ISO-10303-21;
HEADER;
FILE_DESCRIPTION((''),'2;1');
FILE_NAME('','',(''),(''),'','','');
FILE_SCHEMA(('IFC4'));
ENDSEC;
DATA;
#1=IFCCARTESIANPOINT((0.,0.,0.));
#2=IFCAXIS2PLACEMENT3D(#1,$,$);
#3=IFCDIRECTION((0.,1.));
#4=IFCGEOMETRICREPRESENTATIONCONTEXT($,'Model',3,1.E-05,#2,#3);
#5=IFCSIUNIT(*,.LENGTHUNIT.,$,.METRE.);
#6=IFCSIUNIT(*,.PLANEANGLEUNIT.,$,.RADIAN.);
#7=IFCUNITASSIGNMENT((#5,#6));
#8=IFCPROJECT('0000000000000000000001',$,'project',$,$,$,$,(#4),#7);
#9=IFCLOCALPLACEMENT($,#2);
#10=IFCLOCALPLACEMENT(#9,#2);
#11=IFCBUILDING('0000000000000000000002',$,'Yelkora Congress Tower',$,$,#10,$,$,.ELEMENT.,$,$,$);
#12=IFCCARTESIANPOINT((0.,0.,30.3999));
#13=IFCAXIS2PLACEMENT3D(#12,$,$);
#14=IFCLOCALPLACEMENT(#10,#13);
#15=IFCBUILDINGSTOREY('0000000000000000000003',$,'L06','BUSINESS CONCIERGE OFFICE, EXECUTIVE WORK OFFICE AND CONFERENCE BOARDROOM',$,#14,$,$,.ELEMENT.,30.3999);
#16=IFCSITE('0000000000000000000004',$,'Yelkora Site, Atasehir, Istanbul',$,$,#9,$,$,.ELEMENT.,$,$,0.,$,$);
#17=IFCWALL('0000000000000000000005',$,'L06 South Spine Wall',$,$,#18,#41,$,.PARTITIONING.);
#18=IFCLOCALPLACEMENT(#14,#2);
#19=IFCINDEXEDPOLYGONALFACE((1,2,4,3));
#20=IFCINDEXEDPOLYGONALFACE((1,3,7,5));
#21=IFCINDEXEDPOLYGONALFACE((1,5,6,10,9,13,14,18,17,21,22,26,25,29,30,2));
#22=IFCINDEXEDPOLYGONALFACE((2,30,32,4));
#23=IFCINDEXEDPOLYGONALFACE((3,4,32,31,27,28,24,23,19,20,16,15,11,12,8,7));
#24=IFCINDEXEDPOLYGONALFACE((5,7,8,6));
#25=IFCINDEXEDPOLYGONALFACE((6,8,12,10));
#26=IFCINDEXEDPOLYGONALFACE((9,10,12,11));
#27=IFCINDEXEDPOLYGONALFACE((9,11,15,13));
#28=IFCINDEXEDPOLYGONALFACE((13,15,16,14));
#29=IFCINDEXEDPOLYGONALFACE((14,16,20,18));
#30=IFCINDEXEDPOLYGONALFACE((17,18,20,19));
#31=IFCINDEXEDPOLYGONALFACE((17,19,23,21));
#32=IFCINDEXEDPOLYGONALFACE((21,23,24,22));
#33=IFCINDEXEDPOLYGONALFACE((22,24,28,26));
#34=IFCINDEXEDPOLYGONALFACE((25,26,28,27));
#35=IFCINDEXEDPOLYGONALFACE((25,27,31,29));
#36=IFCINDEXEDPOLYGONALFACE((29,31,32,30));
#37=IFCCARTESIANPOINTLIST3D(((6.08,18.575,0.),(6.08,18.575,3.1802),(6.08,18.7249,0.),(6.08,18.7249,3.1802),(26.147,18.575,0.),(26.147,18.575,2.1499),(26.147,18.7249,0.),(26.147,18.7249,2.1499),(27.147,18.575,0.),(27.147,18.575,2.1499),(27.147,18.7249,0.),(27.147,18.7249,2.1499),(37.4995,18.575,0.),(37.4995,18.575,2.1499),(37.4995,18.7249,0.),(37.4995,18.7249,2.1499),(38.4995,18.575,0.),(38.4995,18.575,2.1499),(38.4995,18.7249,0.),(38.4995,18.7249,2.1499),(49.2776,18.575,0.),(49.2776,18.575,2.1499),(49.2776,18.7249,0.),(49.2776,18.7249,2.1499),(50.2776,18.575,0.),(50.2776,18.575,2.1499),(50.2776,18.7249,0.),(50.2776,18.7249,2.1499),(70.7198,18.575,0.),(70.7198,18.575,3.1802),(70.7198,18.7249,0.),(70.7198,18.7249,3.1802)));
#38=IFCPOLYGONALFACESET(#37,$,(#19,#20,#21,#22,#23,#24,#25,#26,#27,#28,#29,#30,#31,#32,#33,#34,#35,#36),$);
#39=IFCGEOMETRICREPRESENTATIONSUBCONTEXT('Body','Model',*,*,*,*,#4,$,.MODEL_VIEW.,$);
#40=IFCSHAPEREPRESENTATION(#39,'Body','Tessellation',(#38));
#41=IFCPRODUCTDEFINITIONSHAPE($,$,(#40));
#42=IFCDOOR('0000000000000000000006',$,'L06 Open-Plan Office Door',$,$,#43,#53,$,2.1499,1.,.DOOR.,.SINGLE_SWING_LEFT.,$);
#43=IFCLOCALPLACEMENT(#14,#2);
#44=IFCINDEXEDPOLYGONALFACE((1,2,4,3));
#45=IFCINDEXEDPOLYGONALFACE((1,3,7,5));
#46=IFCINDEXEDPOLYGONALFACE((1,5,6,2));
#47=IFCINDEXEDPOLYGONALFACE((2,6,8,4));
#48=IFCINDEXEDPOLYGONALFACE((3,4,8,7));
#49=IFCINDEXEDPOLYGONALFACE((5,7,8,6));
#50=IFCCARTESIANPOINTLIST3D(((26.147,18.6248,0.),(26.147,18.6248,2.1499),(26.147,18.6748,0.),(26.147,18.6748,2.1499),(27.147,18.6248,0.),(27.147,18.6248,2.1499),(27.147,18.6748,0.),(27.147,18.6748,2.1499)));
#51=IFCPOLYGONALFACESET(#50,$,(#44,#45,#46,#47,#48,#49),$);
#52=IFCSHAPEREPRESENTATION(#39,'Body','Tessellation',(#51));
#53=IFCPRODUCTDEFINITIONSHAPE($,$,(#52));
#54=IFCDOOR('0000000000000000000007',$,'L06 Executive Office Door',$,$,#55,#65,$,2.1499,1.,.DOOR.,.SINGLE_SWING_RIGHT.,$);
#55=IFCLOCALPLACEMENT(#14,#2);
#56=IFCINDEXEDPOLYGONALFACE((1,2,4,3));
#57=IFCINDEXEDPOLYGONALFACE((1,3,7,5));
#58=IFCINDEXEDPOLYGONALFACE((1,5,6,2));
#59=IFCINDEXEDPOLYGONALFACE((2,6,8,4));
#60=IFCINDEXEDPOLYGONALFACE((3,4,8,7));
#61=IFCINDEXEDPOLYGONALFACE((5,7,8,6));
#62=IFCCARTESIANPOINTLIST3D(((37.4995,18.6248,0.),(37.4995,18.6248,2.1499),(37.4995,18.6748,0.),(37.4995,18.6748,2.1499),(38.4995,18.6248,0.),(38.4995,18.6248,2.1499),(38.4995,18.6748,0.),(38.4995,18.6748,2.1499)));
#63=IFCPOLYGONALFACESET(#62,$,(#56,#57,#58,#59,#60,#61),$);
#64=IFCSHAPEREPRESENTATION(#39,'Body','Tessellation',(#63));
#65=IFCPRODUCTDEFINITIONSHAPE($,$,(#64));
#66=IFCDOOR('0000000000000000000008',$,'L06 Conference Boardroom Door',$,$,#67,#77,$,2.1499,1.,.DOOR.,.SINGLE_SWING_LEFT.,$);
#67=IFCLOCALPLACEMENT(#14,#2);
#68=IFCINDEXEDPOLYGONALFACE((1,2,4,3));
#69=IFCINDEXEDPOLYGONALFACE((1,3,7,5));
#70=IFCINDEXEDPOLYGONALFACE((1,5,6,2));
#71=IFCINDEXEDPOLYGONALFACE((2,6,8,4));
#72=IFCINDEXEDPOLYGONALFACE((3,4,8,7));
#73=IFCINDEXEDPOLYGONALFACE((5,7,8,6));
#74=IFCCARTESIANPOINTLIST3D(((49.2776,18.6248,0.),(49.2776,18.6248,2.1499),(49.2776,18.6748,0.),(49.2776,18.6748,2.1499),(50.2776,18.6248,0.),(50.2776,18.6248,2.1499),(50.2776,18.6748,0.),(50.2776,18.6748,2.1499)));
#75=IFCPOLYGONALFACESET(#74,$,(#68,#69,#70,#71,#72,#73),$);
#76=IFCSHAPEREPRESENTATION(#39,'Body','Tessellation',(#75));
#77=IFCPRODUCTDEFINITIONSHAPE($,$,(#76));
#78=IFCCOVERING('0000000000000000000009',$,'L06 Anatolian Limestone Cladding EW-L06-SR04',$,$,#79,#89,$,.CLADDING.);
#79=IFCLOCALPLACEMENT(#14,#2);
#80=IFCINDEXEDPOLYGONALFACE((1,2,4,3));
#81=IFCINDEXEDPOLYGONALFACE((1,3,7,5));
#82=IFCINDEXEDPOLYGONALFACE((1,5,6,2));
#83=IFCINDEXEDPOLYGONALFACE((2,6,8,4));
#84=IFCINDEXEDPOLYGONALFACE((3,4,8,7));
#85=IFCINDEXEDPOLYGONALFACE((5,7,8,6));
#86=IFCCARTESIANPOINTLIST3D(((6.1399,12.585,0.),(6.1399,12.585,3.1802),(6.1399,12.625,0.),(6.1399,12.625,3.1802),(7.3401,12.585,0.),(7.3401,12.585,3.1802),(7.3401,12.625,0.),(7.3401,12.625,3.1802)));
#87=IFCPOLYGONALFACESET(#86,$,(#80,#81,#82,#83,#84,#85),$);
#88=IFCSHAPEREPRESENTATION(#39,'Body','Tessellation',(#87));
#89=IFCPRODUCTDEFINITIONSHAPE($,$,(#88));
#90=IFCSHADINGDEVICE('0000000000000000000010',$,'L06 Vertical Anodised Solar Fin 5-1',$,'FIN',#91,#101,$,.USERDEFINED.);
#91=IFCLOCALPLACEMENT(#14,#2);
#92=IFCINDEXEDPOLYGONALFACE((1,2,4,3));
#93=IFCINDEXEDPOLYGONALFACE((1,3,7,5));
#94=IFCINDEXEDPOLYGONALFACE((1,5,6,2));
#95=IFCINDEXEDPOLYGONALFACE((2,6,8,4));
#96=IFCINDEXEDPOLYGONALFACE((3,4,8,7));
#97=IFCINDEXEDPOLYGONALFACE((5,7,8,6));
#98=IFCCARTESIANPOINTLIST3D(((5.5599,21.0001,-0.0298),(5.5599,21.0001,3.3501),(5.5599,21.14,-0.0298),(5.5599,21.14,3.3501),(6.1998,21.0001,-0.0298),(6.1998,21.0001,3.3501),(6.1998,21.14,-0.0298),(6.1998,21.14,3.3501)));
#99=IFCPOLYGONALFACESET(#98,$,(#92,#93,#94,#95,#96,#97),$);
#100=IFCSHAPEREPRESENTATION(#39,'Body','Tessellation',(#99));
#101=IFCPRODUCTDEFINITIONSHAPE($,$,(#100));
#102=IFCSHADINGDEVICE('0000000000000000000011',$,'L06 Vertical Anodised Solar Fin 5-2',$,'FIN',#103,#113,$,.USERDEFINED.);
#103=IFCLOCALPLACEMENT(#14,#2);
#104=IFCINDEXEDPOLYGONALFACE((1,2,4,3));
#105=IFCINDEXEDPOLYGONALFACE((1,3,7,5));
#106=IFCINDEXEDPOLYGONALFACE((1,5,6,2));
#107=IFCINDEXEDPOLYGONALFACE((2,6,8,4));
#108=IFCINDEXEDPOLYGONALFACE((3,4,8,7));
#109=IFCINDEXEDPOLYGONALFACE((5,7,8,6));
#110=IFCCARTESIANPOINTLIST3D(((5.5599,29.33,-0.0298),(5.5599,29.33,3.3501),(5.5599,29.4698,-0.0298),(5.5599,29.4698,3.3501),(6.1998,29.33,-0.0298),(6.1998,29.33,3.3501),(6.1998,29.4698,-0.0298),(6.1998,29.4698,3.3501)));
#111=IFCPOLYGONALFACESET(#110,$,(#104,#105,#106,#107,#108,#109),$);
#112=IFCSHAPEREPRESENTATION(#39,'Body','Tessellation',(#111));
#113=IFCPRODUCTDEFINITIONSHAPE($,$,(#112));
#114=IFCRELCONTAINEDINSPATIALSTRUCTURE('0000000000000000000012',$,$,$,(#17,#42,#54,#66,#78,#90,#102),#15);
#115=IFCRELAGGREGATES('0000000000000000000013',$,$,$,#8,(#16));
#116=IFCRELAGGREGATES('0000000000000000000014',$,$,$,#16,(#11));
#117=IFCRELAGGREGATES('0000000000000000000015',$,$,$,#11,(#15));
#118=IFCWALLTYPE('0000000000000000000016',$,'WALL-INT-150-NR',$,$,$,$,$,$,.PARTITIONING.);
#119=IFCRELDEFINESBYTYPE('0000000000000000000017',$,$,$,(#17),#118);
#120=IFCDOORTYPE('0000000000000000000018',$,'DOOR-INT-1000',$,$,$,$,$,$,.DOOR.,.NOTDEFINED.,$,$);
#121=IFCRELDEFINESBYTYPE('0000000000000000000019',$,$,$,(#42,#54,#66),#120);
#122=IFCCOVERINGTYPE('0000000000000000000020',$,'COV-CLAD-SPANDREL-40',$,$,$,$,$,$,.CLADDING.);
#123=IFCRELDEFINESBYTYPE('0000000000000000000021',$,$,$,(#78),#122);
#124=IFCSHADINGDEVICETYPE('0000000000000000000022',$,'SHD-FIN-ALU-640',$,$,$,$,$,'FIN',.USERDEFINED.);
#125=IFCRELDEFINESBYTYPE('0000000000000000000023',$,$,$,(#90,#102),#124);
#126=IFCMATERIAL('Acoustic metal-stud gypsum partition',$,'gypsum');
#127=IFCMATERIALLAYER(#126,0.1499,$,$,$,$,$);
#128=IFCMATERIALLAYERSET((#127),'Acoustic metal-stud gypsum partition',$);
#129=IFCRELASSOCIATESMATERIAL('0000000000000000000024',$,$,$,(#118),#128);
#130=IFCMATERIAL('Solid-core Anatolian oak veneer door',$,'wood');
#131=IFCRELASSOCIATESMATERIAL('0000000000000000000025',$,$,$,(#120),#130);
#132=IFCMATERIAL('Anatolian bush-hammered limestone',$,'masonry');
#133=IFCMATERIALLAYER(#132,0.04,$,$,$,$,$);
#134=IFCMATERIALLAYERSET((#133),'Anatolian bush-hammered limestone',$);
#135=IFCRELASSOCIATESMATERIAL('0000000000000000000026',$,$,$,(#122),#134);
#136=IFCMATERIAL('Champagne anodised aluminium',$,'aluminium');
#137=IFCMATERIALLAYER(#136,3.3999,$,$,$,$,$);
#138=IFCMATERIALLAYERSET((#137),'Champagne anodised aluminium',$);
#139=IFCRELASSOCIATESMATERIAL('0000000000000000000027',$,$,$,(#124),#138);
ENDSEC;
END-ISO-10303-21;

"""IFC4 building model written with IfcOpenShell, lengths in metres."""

from ifc_helpers import new_model, si_unit, direction, frame, frame_2d, origin, origin_2d, place, context, subcontext, project, spatial, rectangle, extrude, material, layer, layer_set, type_object, element, fill, save


model = new_model("IFC4")

# Units and contexts
model_context = context("Model", 3, precision=1e-05, world=origin(), true_north=direction((0.0, 1.0)))
body_context = subcontext(model_context, "Body", "Model", "MODEL_VIEW")
ifc_project = project(units=[si_unit("LENGTHUNIT", "METRE"), si_unit("PLANEANGLEUNIT", "RADIAN")], contexts=[model_context])

# Site, building, storey
site_placement = place(None, origin())
site = spatial("IfcSite", under=ifc_project, at=site_placement, Name="Yelkora Site, Atasehir, Istanbul", CompositionType="ELEMENT", RefElevation=0.0)
building_placement = place(site_placement, origin())
building = spatial("IfcBuilding", under=site, at=building_placement, Name="Yelkora Congress Tower", CompositionType="ELEMENT")
storey_placement = place(building_placement, frame((0.0, 0.0, 30.3999)))
storey = spatial("IfcBuildingStorey", under=building, at=storey_placement, Name="L06", Description="BUSINESS CONCIERGE OFFICE, EXECUTIVE WORK OFFICE AND CONFERENCE BOARDROOM", CompositionType="ELEMENT", Elevation=30.3999)

# Wall, openings, doors
ifc_material_1 = material(Name="Acoustic metal-stud gypsum partition", Category="gypsum")
ifc_layer_1 = layer(ifc_material_1, 0.1499)
ifc_layer_set_1 = layer_set([ifc_layer_1], Name="Acoustic metal-stud gypsum partition")
wall_type_1 = type_object("IfcWallType", Name="WALL-INT-150-NR", PredefinedType="PARTITIONING", material=ifc_layer_set_1)
wall_1_placement = place(storey_placement, frame((6.0801, 18.6499, 0.0), z_axis=(0.0, 0.0, 1.0), x_axis=(1.0, 0.0, 0.0)))
wall_1 = element("IfcWall", 1, at=wall_1_placement, inside=storey, type_object=wall_type_1, Name="L06 South Spine Wall", PredefinedType="PARTITIONING", context=body_context, shape_type="SweptSolid", body=[
    extrude(rectangle(XDim=64.6399, YDim=0.1499, at=frame_2d((32.3198, 0.0))), origin(), (0.0, 0.0, 1.0), 3.1802),
])
opening_1_placement = place(wall_1_placement, frame((20.0669, 0.0, 0.0)))
opening_1 = element("IfcOpeningElement", 2, at=opening_1_placement, cuts=wall_1, PredefinedType="OPENING", context=body_context, shape_type="SweptSolid", body=[
    extrude(rectangle(XDim=1.0, YDim=2.1499, at=frame_2d((0.5, 1.075))), frame((0.0, 0.085, 0.0), z_axis=(0.0, -1.0, 0.0), x_axis=(1.0, 0.0, 0.0)), (0.0, 0.0, 1.0), 0.1699),
])
opening_2_placement = place(wall_1_placement, frame((31.4194, 0.0, 0.0)))
opening_2 = element("IfcOpeningElement", 3, at=opening_2_placement, cuts=wall_1, PredefinedType="OPENING", context=body_context, shape_type="SweptSolid", body=[
    extrude(rectangle(XDim=1.0, YDim=2.1499, at=frame_2d((0.5, 1.075))), frame((0.0, 0.085, 0.0), z_axis=(0.0, -1.0, 0.0), x_axis=(1.0, 0.0, 0.0)), (0.0, 0.0, 1.0), 0.1699),
])
opening_3_placement = place(wall_1_placement, frame((43.1975, 0.0, 0.0)))
opening_3 = element("IfcOpeningElement", 4, at=opening_3_placement, cuts=wall_1, PredefinedType="OPENING", context=body_context, shape_type="SweptSolid", body=[
    extrude(rectangle(XDim=1.0, YDim=2.1499, at=frame_2d((0.5, 1.075))), frame((0.0, 0.085, 0.0), z_axis=(0.0, -1.0, 0.0), x_axis=(1.0, 0.0, 0.0)), (0.0, 0.0, 1.0), 0.1699),
])
ifc_material_2 = material(Name="Solid-core Anatolian oak veneer door", Category="wood")
door_type = type_object("IfcDoorType", Name="DOOR-INT-1000", OperationType="NOTDEFINED", PredefinedType="DOOR", material=ifc_material_2)
door_1_placement = place(opening_1_placement, origin())
door_1 = element("IfcDoor", 5, at=door_1_placement, inside=storey, type_object=door_type, Name="L06 Open-Plan Office Door", OperationType="SINGLE_SWING_LEFT", OverallHeight=2.1499, OverallWidth=1.0, PredefinedType="DOOR", context=body_context, shape_type="SweptSolid", body=[
    extrude(rectangle(XDim=1.0, YDim=2.1499, at=frame_2d((0.5, 1.075))), frame((0.0, 0.0249, 0.0), z_axis=(0.0, -1.0, 0.0), x_axis=(1.0, 0.0, 0.0)), (0.0, 0.0, 1.0), 0.05),
])
fill(opening_1, door_1)
door_2_placement = place(opening_2_placement, origin())
door_2 = element("IfcDoor", 6, at=door_2_placement, inside=storey, type_object=door_type, Name="L06 Executive Office Door", OperationType="SINGLE_SWING_RIGHT", OverallHeight=2.1499, OverallWidth=1.0, PredefinedType="DOOR", context=body_context, shape_type="SweptSolid", body=[
    extrude(rectangle(XDim=1.0, YDim=2.1499, at=frame_2d((0.5, 1.075))), frame((0.0, 0.0249, 0.0), z_axis=(0.0, -1.0, 0.0), x_axis=(1.0, 0.0, 0.0)), (0.0, 0.0, 1.0), 0.05),
])
fill(opening_2, door_2)
door_3_placement = place(opening_3_placement, origin())
door_3 = element("IfcDoor", 7, at=door_3_placement, inside=storey, type_object=door_type, Name="L06 Conference Boardroom Door", OperationType="SINGLE_SWING_LEFT", OverallHeight=2.1499, OverallWidth=1.0, PredefinedType="DOOR", context=body_context, shape_type="SweptSolid", body=[
    extrude(rectangle(XDim=1.0, YDim=2.1499, at=frame_2d((0.5, 1.075))), frame((0.0, 0.0249, 0.0), z_axis=(0.0, -1.0, 0.0), x_axis=(1.0, 0.0, 0.0)), (0.0, 0.0, 1.0), 0.05),
])
fill(opening_3, door_3)

# Covering
ifc_material_3 = material(Name="Anatolian bush-hammered limestone", Category="masonry")
ifc_layer_2 = layer(ifc_material_3, 0.04)
ifc_layer_set_2 = layer_set([ifc_layer_2], Name="Anatolian bush-hammered limestone")
covering_type = type_object("IfcCoveringType", Name="COV-CLAD-SPANDREL-40", PredefinedType="CLADDING", material=ifc_layer_set_2)
covering_placement = place(storey_placement, frame((7.3401, 12.605, 0.0), z_axis=(0.0, 0.0, 1.0), x_axis=(-1.0, 0.0, 0.0)))
element("IfcCovering", 8, at=covering_placement, inside=storey, type_object=covering_type, Name="L06 Anatolian Limestone Cladding EW-L06-SR04", PredefinedType="CLADDING", context=body_context, shape_type="SweptSolid", body=[
    extrude(rectangle(XDim=1.2002, YDim=0.04, at=frame_2d((0.6001, 0.0))), origin(), (0.0, 0.0, 1.0), 3.1802),
])

# Shading devices
ifc_material_4 = material(Name="Champagne anodised aluminium", Category="aluminium")
ifc_layer_3 = layer(ifc_material_4, 3.3999)
ifc_layer_set_3 = layer_set([ifc_layer_3], Name="Champagne anodised aluminium")
shading_device_type = type_object("IfcShadingDeviceType", Name="SHD-FIN-ALU-640", ElementType="FIN", PredefinedType="USERDEFINED", material=ifc_layer_set_3)
for number, where, z_axis, x_axis, name in (
    (9, (5.8799, 21.0701, -0.0298), (0.0, 0.0, 1.0), (0.0, 1.0, 0.0), "L06 Vertical Anodised Solar Fin 5-1"),
    (10, (5.8799, 29.3999, -0.0298), (0.0, 0.0, 1.0), (0.0, 1.0, 0.0), "L06 Vertical Anodised Solar Fin 5-2"),
):
    element("IfcShadingDevice", number, at=place(storey_placement, frame(where, z_axis=z_axis, x_axis=x_axis)), inside=storey, type_object=shading_device_type, Name=name, ObjectType="FIN", PredefinedType="USERDEFINED", context=body_context, shape_type="SweptSolid", body=[
        extrude(rectangle(XDim=0.1399, YDim=0.6399, at=origin_2d()), origin(), (0.0, 0.0, 1.0), 3.3799),
    ])

save(model, "model.ifc")
